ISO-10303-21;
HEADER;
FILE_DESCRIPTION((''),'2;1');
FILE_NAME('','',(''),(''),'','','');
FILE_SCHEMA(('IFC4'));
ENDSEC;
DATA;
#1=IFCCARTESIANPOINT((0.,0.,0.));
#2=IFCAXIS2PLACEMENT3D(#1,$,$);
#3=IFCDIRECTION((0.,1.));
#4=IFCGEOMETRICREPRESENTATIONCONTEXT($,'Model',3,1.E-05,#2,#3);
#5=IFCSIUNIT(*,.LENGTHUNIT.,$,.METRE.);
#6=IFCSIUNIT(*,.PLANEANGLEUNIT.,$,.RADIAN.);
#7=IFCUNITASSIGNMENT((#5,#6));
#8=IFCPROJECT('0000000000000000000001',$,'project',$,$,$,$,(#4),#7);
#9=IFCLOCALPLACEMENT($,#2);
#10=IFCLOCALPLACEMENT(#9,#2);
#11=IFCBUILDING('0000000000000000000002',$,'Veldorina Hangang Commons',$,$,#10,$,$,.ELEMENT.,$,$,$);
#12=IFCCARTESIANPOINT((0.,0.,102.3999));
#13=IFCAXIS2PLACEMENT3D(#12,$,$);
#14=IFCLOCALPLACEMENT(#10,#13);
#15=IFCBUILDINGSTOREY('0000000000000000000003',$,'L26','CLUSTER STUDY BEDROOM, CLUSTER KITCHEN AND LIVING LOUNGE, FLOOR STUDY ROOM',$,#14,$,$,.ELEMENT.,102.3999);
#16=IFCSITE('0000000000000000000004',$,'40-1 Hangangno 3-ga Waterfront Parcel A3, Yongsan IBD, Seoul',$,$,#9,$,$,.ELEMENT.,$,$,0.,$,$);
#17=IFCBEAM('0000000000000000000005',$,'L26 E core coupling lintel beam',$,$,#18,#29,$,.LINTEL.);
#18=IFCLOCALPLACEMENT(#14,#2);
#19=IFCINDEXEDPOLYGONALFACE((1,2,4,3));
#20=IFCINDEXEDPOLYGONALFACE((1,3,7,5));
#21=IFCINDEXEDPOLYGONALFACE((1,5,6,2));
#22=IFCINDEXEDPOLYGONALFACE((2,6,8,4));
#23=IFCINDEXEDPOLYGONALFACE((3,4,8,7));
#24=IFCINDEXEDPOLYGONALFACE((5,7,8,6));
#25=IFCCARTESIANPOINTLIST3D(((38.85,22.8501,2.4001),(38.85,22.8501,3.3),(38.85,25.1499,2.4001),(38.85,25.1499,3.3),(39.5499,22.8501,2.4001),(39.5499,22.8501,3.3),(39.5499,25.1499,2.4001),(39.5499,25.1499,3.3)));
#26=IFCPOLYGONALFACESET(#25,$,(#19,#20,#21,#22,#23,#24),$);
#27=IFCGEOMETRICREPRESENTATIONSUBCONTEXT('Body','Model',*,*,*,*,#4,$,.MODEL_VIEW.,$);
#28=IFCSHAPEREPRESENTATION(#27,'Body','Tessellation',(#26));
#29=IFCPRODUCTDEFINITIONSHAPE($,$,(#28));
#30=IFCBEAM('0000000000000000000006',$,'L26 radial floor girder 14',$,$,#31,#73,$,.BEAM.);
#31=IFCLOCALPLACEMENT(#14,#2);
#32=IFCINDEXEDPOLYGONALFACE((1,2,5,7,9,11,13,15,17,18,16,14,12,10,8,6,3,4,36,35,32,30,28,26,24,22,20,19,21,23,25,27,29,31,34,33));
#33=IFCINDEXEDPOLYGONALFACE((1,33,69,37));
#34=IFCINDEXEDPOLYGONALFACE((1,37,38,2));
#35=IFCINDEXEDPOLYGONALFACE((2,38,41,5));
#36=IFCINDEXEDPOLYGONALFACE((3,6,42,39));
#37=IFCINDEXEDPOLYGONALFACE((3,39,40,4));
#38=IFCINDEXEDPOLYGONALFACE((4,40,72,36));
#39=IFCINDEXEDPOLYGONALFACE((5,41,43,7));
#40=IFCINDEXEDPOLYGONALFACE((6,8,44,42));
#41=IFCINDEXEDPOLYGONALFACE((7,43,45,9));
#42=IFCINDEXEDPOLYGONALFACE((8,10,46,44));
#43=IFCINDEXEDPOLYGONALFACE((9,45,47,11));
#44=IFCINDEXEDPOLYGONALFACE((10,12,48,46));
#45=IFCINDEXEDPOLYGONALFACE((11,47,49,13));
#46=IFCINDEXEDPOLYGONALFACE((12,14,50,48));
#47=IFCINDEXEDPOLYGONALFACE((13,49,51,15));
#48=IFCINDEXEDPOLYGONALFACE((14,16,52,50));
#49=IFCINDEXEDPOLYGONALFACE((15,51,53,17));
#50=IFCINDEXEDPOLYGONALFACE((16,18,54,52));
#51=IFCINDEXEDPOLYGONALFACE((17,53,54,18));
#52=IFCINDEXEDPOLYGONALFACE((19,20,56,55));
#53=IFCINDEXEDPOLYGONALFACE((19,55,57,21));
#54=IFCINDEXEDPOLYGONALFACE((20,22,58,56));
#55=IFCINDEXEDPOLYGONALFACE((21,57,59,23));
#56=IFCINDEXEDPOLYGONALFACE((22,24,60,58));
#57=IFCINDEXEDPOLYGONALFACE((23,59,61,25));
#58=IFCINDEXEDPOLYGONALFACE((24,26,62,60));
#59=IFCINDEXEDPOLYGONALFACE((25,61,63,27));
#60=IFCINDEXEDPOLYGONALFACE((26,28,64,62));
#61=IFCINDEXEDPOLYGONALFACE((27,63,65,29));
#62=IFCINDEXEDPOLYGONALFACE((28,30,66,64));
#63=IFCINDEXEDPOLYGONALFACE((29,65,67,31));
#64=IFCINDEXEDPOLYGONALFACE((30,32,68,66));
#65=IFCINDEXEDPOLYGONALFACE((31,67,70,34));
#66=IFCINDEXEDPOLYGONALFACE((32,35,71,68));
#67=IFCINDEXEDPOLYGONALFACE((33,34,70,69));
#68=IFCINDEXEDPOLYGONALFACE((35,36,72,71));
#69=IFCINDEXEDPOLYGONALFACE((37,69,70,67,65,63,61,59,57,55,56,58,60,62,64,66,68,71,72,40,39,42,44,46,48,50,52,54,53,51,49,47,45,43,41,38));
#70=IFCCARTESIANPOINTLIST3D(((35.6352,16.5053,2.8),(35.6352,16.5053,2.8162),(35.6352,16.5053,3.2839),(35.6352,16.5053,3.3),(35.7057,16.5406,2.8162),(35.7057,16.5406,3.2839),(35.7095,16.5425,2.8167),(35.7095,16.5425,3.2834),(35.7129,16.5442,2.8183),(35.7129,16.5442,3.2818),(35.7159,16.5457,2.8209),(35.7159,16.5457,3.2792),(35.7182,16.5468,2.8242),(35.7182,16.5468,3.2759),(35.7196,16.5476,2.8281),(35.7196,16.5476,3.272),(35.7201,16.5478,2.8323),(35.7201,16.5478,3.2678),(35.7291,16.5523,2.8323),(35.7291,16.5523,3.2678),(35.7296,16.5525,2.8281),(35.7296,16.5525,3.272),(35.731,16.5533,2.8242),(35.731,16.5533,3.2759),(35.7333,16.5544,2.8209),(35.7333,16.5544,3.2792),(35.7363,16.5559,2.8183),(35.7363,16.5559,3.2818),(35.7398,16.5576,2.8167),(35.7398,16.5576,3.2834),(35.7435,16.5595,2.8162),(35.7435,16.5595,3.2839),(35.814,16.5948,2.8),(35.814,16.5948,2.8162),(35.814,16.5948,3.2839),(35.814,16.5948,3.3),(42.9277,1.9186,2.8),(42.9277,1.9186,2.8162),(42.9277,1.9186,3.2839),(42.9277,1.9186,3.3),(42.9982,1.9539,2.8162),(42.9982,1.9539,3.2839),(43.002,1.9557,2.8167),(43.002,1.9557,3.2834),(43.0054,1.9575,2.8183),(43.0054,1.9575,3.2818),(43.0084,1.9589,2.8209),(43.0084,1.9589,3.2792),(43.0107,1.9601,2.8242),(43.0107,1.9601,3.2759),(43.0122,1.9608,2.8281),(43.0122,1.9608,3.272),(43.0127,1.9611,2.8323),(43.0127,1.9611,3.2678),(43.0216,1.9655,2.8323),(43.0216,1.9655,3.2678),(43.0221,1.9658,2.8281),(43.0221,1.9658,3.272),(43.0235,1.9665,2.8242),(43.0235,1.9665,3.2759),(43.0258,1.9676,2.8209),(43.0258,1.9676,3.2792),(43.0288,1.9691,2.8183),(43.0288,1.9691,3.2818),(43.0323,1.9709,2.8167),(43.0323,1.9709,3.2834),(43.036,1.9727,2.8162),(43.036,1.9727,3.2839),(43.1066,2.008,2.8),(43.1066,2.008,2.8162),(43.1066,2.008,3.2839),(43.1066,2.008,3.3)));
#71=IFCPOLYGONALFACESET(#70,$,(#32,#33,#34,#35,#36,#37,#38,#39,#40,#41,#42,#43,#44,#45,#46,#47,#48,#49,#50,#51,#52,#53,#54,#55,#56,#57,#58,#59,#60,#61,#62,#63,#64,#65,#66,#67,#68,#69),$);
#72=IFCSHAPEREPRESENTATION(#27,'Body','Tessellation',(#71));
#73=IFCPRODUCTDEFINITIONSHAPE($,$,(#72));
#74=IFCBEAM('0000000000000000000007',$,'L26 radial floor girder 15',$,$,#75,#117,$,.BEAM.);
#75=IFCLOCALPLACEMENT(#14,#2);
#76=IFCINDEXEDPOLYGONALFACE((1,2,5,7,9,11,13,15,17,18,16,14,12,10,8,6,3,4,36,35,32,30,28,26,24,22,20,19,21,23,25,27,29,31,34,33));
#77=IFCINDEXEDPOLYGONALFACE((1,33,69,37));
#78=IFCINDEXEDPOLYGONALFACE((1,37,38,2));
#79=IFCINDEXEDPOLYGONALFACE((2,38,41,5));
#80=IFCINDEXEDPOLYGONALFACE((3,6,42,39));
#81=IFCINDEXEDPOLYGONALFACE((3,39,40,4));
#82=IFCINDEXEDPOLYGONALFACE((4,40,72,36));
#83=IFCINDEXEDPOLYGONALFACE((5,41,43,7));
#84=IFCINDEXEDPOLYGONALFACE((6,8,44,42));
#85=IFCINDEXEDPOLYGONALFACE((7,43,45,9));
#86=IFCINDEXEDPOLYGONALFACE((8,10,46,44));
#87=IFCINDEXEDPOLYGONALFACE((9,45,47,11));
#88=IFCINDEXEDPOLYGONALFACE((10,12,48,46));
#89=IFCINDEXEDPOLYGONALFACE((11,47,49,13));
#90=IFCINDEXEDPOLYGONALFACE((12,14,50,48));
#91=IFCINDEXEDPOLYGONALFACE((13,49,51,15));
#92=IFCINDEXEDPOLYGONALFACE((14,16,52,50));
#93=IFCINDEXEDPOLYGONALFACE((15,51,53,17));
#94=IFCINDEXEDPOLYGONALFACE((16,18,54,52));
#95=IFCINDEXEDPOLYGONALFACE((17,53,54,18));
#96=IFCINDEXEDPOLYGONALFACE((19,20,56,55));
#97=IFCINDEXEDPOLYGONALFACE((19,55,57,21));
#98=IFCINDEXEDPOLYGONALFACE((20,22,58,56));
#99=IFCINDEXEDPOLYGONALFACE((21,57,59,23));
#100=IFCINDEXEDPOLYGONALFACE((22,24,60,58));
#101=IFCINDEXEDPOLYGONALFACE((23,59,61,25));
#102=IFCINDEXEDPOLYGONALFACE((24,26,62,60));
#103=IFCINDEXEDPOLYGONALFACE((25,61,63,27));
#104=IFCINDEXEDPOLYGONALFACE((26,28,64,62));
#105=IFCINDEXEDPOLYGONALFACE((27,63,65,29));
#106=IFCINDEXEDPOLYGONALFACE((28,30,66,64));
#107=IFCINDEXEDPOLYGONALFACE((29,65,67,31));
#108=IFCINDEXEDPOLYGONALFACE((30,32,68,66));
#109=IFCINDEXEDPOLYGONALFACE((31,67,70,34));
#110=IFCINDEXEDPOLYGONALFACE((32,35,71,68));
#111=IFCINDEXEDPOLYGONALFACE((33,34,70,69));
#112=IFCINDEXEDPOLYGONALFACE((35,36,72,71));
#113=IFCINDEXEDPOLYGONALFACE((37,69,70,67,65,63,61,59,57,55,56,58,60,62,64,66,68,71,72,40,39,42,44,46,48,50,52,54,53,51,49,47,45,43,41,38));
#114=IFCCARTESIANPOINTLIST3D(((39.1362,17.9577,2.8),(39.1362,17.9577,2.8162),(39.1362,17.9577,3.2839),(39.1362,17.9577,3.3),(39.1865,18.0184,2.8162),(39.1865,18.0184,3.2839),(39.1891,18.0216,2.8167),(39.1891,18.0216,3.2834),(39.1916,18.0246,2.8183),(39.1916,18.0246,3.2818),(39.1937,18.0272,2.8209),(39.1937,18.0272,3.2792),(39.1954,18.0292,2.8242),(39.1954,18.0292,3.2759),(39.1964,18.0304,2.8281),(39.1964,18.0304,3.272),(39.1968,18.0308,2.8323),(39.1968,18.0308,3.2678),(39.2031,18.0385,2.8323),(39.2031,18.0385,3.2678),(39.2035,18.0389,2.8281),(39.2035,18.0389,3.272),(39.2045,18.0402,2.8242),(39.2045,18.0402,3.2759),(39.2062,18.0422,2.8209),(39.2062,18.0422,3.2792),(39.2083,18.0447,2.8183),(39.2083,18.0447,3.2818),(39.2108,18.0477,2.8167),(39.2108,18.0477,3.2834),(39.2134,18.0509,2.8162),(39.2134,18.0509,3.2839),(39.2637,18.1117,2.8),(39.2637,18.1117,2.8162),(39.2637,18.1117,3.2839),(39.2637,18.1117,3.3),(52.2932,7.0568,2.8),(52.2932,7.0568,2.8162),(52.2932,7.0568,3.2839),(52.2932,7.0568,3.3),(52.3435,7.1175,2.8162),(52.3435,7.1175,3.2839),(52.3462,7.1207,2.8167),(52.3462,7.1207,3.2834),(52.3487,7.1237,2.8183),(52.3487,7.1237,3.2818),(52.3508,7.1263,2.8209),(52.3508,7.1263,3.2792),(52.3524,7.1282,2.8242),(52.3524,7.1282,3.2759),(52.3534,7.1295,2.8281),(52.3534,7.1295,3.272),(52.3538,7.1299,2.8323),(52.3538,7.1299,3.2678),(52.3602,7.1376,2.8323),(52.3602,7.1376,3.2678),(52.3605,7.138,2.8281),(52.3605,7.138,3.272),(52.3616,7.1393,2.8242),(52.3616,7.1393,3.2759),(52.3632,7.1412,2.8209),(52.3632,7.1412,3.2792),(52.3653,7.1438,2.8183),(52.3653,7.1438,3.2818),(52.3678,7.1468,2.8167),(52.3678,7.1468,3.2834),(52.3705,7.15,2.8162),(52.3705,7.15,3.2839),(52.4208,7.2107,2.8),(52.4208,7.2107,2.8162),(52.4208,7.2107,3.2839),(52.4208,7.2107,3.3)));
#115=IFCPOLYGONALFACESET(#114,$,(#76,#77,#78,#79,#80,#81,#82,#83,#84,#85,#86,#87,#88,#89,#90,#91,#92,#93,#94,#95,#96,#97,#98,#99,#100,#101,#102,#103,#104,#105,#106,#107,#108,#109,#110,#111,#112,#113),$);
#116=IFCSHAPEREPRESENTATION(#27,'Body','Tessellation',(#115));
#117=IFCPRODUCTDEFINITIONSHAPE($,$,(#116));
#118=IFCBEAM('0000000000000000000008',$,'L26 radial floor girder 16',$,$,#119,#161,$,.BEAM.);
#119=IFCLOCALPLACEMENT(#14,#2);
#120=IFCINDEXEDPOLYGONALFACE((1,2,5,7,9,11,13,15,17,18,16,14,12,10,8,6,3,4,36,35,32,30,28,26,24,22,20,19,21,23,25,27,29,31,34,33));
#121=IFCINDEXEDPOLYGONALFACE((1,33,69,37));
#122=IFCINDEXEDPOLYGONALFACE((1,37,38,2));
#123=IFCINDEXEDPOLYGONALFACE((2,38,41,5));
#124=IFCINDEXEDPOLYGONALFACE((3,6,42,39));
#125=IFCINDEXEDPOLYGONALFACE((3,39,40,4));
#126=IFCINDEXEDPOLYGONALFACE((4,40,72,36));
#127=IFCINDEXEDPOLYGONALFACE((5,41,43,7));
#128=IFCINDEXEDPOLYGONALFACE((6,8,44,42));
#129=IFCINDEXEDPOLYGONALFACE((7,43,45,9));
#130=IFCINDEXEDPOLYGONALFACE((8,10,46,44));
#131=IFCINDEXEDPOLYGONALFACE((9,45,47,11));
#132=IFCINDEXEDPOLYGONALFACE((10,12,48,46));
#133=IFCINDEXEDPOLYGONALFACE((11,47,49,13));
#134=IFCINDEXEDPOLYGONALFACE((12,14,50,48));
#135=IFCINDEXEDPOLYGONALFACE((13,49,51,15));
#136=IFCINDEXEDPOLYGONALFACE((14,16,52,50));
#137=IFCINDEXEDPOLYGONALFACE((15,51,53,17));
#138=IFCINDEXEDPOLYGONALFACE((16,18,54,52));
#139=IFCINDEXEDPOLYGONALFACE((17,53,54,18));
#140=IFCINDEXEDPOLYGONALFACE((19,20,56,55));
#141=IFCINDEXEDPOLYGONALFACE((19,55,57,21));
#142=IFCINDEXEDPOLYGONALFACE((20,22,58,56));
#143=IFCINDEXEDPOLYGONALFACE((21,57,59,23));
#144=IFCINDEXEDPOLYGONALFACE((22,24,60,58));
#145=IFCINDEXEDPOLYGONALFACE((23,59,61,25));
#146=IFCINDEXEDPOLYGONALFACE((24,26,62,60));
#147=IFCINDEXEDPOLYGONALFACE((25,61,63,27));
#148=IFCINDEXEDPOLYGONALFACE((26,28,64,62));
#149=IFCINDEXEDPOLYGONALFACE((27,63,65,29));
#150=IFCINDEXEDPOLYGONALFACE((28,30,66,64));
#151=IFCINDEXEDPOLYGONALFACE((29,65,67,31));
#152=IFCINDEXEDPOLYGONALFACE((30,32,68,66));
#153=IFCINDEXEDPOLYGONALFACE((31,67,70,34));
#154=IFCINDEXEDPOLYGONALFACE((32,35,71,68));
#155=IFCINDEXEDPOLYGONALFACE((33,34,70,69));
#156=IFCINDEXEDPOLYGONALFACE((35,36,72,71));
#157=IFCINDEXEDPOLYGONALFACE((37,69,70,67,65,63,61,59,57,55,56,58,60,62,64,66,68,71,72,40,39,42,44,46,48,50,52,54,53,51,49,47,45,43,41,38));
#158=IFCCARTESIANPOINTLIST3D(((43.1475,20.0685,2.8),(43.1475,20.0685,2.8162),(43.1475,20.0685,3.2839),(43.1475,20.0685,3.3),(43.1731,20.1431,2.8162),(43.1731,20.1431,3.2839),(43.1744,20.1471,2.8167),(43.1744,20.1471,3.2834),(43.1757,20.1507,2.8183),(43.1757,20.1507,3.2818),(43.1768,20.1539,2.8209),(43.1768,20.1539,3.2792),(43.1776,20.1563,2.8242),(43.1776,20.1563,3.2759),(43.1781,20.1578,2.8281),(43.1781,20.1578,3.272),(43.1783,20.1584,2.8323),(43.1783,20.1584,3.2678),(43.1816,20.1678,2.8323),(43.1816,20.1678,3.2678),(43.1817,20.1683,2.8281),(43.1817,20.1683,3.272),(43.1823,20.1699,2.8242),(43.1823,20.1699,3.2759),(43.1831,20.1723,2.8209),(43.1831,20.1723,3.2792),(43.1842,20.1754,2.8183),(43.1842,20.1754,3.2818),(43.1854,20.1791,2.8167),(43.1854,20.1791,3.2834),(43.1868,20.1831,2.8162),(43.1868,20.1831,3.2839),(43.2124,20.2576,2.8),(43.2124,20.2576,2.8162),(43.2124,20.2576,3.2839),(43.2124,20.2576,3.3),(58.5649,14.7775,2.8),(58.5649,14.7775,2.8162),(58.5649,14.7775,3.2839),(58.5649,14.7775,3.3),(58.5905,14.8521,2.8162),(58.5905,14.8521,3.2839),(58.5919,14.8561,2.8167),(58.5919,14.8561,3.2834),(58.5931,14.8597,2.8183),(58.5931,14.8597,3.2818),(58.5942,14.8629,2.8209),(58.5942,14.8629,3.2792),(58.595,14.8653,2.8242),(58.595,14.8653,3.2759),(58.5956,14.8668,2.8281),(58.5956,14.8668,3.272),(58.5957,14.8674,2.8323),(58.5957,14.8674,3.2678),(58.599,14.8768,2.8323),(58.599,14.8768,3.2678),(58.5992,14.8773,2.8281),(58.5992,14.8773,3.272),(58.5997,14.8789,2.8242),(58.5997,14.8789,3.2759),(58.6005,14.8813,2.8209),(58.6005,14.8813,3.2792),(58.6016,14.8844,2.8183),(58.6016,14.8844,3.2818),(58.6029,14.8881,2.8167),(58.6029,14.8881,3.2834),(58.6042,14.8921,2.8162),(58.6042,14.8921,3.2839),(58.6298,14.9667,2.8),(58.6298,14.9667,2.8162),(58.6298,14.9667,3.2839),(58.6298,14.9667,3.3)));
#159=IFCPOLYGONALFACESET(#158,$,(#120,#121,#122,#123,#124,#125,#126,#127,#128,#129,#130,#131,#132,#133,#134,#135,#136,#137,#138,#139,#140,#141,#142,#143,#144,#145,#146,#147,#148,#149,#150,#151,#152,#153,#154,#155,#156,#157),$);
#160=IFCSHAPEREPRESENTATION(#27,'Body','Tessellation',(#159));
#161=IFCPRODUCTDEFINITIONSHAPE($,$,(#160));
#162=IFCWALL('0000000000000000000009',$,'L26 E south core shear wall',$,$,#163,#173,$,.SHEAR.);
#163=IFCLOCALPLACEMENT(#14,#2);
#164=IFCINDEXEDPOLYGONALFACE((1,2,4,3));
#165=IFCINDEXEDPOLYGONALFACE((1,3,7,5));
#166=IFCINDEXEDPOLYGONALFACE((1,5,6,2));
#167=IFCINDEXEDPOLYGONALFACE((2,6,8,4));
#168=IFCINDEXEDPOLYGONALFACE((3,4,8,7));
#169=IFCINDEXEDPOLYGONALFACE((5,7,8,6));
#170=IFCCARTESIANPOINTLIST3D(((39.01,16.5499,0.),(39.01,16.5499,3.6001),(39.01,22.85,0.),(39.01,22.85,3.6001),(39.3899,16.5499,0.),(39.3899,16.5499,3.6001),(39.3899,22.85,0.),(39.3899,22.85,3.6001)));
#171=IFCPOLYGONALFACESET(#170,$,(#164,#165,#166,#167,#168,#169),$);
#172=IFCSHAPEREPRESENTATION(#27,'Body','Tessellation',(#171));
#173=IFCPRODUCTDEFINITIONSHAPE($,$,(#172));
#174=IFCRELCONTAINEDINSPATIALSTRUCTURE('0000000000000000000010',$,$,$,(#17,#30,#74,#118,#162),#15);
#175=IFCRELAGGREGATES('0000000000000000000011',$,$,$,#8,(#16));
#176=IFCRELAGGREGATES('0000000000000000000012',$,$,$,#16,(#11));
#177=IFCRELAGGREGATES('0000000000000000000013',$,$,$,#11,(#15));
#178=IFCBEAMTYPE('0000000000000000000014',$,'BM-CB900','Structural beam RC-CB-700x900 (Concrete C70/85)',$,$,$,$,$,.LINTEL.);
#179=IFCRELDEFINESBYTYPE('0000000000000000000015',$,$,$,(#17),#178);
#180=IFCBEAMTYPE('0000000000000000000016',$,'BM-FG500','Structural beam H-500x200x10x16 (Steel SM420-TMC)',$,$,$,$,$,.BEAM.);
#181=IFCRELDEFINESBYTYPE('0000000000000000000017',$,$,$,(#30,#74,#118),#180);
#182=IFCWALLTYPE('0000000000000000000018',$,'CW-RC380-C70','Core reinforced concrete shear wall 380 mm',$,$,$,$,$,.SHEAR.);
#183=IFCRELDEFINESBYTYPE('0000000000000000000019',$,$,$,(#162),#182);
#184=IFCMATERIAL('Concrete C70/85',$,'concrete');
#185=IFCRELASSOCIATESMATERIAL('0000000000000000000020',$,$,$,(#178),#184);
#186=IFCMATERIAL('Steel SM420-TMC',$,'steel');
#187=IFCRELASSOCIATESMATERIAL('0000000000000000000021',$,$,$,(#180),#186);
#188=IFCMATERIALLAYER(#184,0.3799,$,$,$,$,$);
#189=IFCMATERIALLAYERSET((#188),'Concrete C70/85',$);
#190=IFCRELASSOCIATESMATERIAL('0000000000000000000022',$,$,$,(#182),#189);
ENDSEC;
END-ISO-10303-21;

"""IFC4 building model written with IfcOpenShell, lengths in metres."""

from ifc_helpers import new_model, si_unit, direction, frame, frame_2d, origin, origin_2d, place, context, subcontext, project, spatial, rectangle, i_section, extrude, material, layer, layer_set, material_profile, profile_set, type_object, element, save


model = new_model("IFC4")

# Units and contexts
model_context = context("Model", 3, precision=1e-05, world=origin(), true_north=direction((0.0, 1.0)))
body_context = subcontext(model_context, "Body", "Model", "MODEL_VIEW")
ifc_project = project(units=[si_unit("LENGTHUNIT", "METRE"), si_unit("PLANEANGLEUNIT", "RADIAN")], contexts=[model_context])

# Site, building, storey
site_placement = place(None, origin())
site = spatial("IfcSite", under=ifc_project, at=site_placement, Name="40-1 Hangangno 3-ga Waterfront Parcel A3, Yongsan IBD, Seoul", CompositionType="ELEMENT", RefElevation=0.0)
building_placement = place(site_placement, origin())
building = spatial("IfcBuilding", under=site, at=building_placement, Name="Veldorina Hangang Commons", CompositionType="ELEMENT")
storey_placement = place(building_placement, frame((0.0, 0.0, 102.3999)))
storey = spatial("IfcBuildingStorey", under=building, at=storey_placement, Name="L26", Description="CLUSTER STUDY BEDROOM, CLUSTER KITCHEN AND LIVING LOUNGE, FLOOR STUDY ROOM", CompositionType="ELEMENT", Elevation=102.3999)

# Beams
ifc_material_1 = material(Name="Concrete C70/85", Category="concrete")
ifc_material_profile_1 = material_profile(ifc_material_1, rectangle(XDim=0.7, YDim=0.8999, at=origin_2d()), Name="RC-CB-700x900")
ifc_profile_set_1 = profile_set([ifc_material_profile_1], Name="Concrete C70/85")
beam_type_1 = type_object("IfcBeamType", Name="BM-CB900", Description="Structural beam RC-CB-700x900 (Concrete C70/85)", PredefinedType="LINTEL", material=ifc_profile_set_1)
beam_1_placement = place(storey_placement, frame((39.2, 22.8501, 2.8501), z_axis=(0.0, 1.0, 0.0), x_axis=(-1.0, 0.0, 0.0)))
element("IfcBeam", 1, at=beam_1_placement, inside=storey, type_object=beam_type_1, Name="L26 E core coupling lintel beam", PredefinedType="LINTEL", context=body_context, shape_type="SweptSolid", body=[
    extrude(rectangle(XDim=0.7, YDim=0.8999, at=origin_2d()), origin(), (0.0, 0.0, 1.0), 2.2998),
])
ifc_material_2 = material(Name="Steel SM420-TMC", Category="steel")
ifc_material_profile_2 = material_profile(ifc_material_2, i_section(OverallWidth=0.2, OverallDepth=0.5, WebThickness=0.01, FlangeThickness=0.0161, FilletRadius=0.0161, at=origin_2d()), Name="H-500x200x10x16")
ifc_profile_set_2 = profile_set([ifc_material_profile_2], Name="Steel SM420-TMC")
beam_type_2 = type_object("IfcBeamType", Name="BM-FG500", Description="Structural beam H-500x200x10x16 (Steel SM420-TMC)", PredefinedType="BEAM", material=ifc_profile_set_2)
beam_2_placement = place(storey_placement, frame((35.7246, 16.55, 3.05), z_axis=(0.447172, -0.894448, 0.0), x_axis=(0.894448, 0.447172, 0.0)))
element("IfcBeam", 2, at=beam_2_placement, inside=storey, type_object=beam_type_2, Name="L26 radial floor girder 14", PredefinedType="BEAM", context=body_context, shape_type="SweptSolid", body=[
    extrude(i_section(OverallWidth=0.2, OverallDepth=0.5, WebThickness=0.01, FlangeThickness=0.0161, FilletRadius=0.0161, at=origin_2d()), origin(), (0.0, 0.0, 1.0), 16.3081),
])
beam_3_placement = place(storey_placement, frame((39.2, 18.0347, 3.05), z_axis=(0.770039, -0.637996, 0.0), x_axis=(0.637996, 0.770039, 0.0)))
element("IfcBeam", 3, at=beam_3_placement, inside=storey, type_object=beam_type_2, Name="L26 radial floor girder 15", PredefinedType="BEAM", context=body_context, shape_type="SweptSolid", body=[
    extrude(i_section(OverallWidth=0.2, OverallDepth=0.5, WebThickness=0.01, FlangeThickness=0.0161, FilletRadius=0.0161, at=origin_2d()), origin(), (0.0, 0.0, 1.0), 17.0862),
])
beam_4_placement = place(storey_placement, frame((43.1799, 20.1631, 3.05), z_axis=(0.945851, -0.3246, 0.0), x_axis=(0.3246, 0.945851, 0.0)))
element("IfcBeam", 4, at=beam_4_placement, inside=storey, type_object=beam_type_2, Name="L26 radial floor girder 16", PredefinedType="BEAM", context=body_context, shape_type="SweptSolid", body=[
    extrude(i_section(OverallWidth=0.2, OverallDepth=0.5, WebThickness=0.01, FlangeThickness=0.0161, FilletRadius=0.0161, at=origin_2d()), origin(), (0.0, 0.0, 1.0), 16.3),
])

# Wall
ifc_layer_1 = layer(ifc_material_1, 0.3799)
ifc_layer_set_1 = layer_set([ifc_layer_1], Name="Concrete C70/85")
wall_type_1 = type_object("IfcWallType", Name="CW-RC380-C70", Description="Core reinforced concrete shear wall 380 mm", PredefinedType="SHEAR", material=ifc_layer_set_1)
wall_1_placement = place(storey_placement, frame((39.2, 16.55, 0.0), z_axis=(0.0, 0.0, 1.0), x_axis=(0.0, 1.0, 0.0)))
element("IfcWall", 5, at=wall_1_placement, inside=storey, type_object=wall_type_1, Name="L26 E south core shear wall", PredefinedType="SHEAR", context=body_context, shape_type="SweptSolid", body=[
    extrude(rectangle(XDim=6.3, YDim=0.3799, at=frame_2d((3.1499, 0.0))), origin(), (0.0, 0.0, 1.0), 3.6001),
])

save(model, "model.ifc")
